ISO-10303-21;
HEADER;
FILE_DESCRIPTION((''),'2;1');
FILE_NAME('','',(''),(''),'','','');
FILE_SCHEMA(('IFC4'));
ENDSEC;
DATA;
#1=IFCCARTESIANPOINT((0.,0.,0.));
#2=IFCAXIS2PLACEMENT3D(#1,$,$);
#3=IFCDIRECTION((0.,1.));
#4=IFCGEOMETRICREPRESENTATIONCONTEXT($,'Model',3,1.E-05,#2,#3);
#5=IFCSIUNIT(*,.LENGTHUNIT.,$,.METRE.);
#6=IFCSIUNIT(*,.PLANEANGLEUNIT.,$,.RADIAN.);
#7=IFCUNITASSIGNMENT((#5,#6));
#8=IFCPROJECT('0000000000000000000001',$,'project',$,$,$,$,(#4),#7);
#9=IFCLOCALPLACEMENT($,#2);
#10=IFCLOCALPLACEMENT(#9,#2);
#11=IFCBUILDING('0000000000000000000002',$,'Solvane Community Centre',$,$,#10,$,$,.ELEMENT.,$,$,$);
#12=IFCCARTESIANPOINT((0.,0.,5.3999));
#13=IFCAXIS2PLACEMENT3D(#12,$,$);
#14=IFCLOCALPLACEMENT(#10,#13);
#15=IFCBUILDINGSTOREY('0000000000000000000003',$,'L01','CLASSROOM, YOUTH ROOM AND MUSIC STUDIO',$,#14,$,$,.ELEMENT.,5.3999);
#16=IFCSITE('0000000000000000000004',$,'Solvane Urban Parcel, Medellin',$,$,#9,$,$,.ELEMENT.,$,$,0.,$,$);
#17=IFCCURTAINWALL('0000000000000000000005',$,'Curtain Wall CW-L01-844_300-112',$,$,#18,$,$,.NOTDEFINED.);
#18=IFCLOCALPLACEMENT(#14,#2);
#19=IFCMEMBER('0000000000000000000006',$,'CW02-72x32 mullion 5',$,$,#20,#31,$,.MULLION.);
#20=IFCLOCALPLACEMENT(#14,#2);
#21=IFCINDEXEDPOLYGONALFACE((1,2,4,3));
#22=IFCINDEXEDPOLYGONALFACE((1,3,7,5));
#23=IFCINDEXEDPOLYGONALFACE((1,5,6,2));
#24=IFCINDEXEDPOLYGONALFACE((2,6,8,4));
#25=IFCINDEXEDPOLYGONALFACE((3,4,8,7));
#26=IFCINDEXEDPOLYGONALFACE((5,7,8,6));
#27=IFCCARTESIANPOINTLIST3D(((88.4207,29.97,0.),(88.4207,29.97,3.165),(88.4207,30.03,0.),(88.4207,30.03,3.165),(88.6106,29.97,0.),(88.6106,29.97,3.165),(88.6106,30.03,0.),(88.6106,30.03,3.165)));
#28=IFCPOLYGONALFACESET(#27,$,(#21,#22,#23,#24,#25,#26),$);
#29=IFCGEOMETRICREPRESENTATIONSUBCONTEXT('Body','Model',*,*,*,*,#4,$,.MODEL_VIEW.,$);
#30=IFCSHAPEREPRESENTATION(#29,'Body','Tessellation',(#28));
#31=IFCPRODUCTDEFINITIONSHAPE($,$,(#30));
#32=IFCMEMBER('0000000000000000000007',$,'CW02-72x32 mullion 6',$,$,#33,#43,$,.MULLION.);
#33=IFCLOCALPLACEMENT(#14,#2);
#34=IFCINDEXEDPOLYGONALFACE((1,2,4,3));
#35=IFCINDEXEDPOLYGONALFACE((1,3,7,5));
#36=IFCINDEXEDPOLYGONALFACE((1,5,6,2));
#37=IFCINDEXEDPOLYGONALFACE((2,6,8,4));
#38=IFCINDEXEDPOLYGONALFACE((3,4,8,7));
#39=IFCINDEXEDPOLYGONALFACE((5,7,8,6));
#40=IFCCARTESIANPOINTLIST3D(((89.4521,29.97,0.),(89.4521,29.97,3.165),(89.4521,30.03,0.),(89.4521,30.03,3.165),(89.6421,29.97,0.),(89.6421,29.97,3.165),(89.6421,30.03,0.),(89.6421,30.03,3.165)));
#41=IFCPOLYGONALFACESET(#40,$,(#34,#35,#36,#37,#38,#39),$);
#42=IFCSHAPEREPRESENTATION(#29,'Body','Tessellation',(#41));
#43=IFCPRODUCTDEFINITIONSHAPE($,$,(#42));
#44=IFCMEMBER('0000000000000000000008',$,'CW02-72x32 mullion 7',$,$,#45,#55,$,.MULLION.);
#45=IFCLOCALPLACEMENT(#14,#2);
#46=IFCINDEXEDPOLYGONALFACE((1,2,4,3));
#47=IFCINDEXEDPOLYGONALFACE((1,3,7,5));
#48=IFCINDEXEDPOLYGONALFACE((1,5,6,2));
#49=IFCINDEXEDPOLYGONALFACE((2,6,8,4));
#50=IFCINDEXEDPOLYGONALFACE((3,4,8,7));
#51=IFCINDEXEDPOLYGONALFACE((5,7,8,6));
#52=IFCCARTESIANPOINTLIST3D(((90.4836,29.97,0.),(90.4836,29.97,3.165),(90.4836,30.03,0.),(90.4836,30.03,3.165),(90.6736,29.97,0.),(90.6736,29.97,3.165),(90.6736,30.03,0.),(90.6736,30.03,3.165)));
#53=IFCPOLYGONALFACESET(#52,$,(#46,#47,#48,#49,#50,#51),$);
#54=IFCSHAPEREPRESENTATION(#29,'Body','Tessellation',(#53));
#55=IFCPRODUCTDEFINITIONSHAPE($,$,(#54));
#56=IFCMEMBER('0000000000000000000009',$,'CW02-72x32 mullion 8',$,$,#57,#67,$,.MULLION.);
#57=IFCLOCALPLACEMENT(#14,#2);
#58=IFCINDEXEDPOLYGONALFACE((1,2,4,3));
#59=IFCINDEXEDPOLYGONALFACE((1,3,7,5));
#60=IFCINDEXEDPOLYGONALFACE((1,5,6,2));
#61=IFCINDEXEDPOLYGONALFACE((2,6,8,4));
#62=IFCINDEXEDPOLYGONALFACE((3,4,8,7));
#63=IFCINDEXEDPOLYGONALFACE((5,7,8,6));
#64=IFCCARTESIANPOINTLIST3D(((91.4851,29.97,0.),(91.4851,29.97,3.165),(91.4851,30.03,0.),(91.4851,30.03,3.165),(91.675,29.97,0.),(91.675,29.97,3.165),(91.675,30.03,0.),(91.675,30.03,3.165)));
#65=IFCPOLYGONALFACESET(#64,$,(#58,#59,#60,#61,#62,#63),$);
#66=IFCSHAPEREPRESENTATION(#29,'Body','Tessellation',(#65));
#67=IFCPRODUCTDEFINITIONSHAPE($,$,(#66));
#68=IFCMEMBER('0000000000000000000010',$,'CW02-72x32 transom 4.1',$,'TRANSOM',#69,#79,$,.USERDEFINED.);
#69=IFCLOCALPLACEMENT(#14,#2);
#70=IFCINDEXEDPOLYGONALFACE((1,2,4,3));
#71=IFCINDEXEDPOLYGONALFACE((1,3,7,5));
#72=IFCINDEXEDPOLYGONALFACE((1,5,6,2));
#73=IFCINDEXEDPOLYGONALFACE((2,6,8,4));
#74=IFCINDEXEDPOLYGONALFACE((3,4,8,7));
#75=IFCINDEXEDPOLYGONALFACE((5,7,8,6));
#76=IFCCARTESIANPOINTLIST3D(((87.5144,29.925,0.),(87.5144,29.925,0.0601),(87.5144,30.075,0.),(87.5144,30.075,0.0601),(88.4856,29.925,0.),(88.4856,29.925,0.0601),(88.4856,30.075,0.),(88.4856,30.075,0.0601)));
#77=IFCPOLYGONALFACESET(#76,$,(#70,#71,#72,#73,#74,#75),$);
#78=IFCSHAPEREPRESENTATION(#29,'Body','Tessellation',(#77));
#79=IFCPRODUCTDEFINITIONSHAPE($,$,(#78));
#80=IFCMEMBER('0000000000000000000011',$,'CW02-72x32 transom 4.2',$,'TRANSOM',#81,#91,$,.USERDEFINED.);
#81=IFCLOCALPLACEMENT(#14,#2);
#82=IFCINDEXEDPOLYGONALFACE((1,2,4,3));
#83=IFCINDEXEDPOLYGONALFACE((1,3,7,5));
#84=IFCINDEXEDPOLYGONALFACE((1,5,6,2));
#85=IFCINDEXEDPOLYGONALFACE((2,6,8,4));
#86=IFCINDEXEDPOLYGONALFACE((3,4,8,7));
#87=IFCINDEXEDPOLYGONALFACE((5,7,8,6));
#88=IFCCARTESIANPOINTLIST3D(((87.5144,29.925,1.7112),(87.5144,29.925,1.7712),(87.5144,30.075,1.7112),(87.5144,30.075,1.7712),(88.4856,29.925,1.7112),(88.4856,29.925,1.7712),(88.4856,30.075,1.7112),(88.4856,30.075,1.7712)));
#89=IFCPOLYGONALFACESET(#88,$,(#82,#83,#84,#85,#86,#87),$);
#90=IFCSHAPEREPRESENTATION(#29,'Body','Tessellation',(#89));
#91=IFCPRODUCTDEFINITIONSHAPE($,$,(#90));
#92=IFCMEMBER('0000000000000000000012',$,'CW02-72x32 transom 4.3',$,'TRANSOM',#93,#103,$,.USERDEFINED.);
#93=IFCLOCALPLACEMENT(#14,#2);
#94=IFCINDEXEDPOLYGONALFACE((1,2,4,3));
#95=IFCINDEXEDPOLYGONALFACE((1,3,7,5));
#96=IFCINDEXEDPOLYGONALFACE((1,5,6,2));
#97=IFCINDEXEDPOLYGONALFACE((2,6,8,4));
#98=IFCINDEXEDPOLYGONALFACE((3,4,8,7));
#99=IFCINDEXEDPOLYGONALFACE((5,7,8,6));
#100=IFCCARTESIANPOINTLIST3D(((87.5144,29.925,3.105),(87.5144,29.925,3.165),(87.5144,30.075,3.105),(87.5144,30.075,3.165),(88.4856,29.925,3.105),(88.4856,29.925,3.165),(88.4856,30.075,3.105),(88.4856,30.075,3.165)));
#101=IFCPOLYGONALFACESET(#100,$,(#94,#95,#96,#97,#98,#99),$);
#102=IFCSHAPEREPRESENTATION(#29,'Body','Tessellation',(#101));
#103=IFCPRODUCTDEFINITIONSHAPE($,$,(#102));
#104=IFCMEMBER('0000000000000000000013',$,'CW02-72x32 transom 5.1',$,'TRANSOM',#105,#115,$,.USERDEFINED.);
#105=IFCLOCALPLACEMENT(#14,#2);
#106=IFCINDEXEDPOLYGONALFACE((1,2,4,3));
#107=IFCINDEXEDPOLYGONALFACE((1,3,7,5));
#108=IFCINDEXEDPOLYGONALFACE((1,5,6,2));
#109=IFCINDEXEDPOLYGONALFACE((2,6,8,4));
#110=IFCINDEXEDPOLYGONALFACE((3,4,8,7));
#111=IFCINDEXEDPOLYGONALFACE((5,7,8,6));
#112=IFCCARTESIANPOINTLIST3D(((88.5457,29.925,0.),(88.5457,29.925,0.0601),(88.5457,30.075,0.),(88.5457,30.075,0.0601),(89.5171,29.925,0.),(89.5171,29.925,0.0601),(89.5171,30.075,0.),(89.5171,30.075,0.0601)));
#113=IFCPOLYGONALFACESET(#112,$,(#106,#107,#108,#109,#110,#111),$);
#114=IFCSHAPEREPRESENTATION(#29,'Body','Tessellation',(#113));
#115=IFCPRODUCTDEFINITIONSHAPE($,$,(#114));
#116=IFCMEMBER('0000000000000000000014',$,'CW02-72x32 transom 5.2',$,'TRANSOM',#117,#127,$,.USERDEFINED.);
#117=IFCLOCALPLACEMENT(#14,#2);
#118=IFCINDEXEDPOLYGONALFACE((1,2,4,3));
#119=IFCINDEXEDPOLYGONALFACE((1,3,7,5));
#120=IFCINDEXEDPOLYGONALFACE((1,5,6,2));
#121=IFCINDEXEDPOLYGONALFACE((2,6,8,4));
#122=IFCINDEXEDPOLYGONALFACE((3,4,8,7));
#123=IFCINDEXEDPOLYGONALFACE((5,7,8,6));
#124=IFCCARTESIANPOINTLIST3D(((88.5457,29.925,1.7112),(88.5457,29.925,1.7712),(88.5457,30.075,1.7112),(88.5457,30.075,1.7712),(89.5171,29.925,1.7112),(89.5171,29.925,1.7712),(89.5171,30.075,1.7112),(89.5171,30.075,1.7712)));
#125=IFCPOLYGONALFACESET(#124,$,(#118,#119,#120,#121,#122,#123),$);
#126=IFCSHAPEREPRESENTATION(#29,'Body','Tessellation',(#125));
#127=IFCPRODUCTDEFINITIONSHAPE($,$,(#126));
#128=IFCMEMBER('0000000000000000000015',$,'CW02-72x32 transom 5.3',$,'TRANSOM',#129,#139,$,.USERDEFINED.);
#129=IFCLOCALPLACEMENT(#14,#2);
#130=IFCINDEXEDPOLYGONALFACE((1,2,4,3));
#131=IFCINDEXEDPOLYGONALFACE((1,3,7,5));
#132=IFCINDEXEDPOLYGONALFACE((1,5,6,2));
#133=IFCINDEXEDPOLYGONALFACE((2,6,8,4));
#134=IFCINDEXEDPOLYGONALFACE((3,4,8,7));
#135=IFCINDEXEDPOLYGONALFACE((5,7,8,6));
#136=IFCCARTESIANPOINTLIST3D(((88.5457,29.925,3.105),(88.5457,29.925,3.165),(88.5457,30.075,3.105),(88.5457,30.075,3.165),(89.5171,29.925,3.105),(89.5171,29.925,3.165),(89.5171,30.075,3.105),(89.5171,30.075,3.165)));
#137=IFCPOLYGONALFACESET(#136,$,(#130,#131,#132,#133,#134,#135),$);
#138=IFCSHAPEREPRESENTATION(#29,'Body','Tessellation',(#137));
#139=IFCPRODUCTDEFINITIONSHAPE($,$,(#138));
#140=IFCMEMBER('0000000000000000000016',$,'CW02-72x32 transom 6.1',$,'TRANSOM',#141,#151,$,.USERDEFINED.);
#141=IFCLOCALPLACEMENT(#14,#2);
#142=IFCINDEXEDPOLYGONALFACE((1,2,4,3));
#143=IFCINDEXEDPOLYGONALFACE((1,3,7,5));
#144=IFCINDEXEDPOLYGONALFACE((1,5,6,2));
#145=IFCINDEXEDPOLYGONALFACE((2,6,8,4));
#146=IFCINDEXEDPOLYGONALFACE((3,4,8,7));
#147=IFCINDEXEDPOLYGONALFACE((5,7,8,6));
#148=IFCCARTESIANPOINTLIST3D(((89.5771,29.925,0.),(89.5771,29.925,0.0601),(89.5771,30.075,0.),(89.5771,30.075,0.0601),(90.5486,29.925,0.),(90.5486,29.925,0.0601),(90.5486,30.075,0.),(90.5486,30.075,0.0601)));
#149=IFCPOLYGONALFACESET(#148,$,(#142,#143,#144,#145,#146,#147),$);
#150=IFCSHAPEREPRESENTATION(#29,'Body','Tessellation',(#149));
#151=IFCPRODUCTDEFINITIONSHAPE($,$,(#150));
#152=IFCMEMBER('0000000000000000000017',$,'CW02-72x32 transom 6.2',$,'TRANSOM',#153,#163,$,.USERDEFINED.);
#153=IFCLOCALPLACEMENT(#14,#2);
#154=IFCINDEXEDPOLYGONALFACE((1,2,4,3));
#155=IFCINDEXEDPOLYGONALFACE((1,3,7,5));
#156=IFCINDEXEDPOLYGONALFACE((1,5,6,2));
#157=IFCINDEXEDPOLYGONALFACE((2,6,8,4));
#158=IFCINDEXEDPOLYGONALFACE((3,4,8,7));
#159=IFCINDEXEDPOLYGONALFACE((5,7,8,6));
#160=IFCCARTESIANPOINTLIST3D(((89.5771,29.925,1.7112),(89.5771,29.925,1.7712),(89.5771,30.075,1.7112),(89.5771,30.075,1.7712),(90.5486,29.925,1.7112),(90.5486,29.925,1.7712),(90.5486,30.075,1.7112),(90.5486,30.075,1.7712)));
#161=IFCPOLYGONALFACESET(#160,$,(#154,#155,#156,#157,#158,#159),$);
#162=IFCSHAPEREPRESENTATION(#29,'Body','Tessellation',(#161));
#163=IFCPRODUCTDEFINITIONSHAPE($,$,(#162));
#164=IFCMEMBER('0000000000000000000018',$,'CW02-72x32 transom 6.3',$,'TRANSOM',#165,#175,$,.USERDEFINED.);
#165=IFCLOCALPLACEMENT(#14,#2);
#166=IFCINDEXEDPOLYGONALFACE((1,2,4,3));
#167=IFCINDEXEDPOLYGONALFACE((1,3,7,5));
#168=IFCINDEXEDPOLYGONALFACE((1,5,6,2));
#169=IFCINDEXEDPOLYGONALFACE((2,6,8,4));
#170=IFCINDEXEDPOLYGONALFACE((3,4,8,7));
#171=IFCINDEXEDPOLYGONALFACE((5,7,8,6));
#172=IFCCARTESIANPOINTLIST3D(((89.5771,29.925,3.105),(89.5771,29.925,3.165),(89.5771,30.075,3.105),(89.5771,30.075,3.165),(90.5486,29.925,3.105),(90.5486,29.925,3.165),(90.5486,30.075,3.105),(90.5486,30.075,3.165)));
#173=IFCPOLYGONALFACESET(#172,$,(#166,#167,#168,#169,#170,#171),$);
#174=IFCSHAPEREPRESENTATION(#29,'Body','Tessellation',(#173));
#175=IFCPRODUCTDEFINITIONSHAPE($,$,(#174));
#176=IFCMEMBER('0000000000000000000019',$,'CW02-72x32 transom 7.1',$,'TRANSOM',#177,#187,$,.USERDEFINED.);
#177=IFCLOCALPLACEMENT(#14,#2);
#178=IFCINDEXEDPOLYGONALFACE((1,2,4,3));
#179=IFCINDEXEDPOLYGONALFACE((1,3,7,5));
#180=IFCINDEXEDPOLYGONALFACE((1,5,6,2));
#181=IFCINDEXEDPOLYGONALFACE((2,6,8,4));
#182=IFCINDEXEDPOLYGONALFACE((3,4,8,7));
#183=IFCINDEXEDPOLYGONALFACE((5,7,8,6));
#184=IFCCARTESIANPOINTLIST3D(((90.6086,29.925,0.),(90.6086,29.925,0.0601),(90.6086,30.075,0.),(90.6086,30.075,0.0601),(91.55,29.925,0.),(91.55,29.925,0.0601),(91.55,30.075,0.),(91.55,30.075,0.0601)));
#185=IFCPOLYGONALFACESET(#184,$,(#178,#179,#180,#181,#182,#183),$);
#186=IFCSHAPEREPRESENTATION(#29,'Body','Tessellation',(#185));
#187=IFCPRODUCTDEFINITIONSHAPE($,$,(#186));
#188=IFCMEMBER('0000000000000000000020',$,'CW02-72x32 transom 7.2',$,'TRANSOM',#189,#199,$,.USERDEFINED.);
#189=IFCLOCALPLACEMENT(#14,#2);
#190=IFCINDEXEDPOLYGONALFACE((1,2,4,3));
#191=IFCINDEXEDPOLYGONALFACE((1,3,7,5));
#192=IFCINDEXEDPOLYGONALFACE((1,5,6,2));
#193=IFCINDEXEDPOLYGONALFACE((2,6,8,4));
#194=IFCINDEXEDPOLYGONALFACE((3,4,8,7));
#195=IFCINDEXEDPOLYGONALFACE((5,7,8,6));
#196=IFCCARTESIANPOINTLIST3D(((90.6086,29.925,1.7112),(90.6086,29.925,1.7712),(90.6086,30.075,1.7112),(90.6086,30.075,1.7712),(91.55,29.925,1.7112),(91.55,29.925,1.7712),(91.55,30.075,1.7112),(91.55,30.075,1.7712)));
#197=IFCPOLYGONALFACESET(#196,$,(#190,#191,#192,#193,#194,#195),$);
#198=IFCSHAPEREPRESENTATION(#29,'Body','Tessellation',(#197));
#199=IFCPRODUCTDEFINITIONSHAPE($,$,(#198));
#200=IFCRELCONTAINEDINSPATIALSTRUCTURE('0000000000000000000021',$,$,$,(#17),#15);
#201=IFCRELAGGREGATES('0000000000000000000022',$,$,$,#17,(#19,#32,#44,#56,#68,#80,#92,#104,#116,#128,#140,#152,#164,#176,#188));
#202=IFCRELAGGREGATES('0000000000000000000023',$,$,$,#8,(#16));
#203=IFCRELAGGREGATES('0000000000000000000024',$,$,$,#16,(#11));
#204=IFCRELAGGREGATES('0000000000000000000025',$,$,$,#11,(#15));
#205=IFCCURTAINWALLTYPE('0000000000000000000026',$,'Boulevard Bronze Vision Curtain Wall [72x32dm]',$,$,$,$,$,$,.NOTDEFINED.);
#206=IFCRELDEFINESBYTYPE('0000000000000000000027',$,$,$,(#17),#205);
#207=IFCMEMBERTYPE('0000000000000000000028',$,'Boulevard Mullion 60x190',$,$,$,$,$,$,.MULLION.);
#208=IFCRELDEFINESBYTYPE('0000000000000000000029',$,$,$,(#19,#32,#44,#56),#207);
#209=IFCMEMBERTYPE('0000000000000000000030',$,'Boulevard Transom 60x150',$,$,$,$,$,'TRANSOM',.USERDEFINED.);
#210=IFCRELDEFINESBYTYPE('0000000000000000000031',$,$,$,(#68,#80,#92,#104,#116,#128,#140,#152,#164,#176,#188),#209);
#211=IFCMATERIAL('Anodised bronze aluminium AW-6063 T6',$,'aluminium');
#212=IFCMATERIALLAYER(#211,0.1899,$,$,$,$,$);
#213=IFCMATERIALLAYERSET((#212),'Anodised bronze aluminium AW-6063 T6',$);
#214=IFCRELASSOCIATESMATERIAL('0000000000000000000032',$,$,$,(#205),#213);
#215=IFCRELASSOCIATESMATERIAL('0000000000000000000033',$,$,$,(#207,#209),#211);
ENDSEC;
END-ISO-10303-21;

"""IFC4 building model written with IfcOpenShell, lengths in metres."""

from ifc_helpers import new_model, si_unit, direction, frame, origin, origin_2d, place, context, subcontext, project, spatial, rectangle, extrude, material, layer, layer_set, material_profile, profile_set, type_object, element, aggregate, save


model = new_model("IFC4")

# Units and contexts
model_context = context("Model", 3, precision=1e-05, world=origin(), true_north=direction((0.0, 1.0)))
body_context = subcontext(model_context, "Body", "Model", "MODEL_VIEW")
ifc_project = project(units=[si_unit("LENGTHUNIT", "METRE"), si_unit("PLANEANGLEUNIT", "RADIAN")], contexts=[model_context])

# Site, building, storey
site_placement = place(None, origin())
site = spatial("IfcSite", under=ifc_project, at=site_placement, Name="Solvane Urban Parcel, Medellin", CompositionType="ELEMENT", RefElevation=0.0)
building_placement = place(site_placement, origin())
building = spatial("IfcBuilding", under=site, at=building_placement, Name="Solvane Community Centre", CompositionType="ELEMENT")
storey_placement = place(building_placement, frame((0.0, 0.0, 5.3999)))
storey = spatial("IfcBuildingStorey", under=building, at=storey_placement, Name="L01", Description="CLASSROOM, YOUTH ROOM AND MUSIC STUDIO", CompositionType="ELEMENT", Elevation=5.3999)

# Curtain wall, members
ifc_material_1 = material(Name="Anodised bronze aluminium AW-6063 T6", Category="aluminium")
ifc_layer_1 = layer(ifc_material_1, 0.1899)
ifc_layer_set_1 = layer_set([ifc_layer_1], Name="Anodised bronze aluminium AW-6063 T6")
curtain_wall_type = type_object("IfcCurtainWallType", Name="Boulevard Bronze Vision Curtain Wall [72x32dm]", PredefinedType="NOTDEFINED", material=ifc_layer_set_1)
curtain_wall_placement = place(storey_placement, origin())
curtain_wall = element("IfcCurtainWall", 1, at=curtain_wall_placement, inside=storey, type_object=curtain_wall_type, Name="Curtain Wall CW-L01-844_300-112", PredefinedType="NOTDEFINED")
ifc_material_profile_1 = material_profile(ifc_material_1, rectangle(XDim=0.0601, YDim=0.1899, at=origin_2d()), Name="CW-M 60x190")
ifc_profile_set_1 = profile_set([ifc_material_profile_1], Name="Anodised bronze aluminium AW-6063 T6")
member_type_1 = type_object("IfcMemberType", Name="Boulevard Mullion 60x190", PredefinedType="MULLION", material=ifc_profile_set_1)
member_1_placement = place(storey_placement, frame((88.5156, 30.0, 0.0), z_axis=(0.0, 0.0, 1.0), x_axis=(0.0, 1.0, 0.0)))
member_1 = element("IfcMember", 2, at=member_1_placement, type_object=member_type_1, Name="CW02-72x32 mullion 5", PredefinedType="MULLION", context=body_context, shape_type="SweptSolid", body=[
    extrude(rectangle(XDim=0.0601, YDim=0.1899, at=origin_2d()), origin(), (0.0, 0.0, 1.0), 3.165),
])
member_2_placement = place(storey_placement, frame((89.5471, 30.0, 0.0), z_axis=(0.0, 0.0, 1.0), x_axis=(0.0, 1.0, 0.0)))
member_2 = element("IfcMember", 3, at=member_2_placement, type_object=member_type_1, Name="CW02-72x32 mullion 6", PredefinedType="MULLION", context=body_context, shape_type="SweptSolid", body=[
    extrude(rectangle(XDim=0.0601, YDim=0.1899, at=origin_2d()), origin(), (0.0, 0.0, 1.0), 3.165),
])
member_3_placement = place(storey_placement, frame((90.5786, 30.0, 0.0), z_axis=(0.0, 0.0, 1.0), x_axis=(0.0, 1.0, 0.0)))
member_3 = element("IfcMember", 4, at=member_3_placement, type_object=member_type_1, Name="CW02-72x32 mullion 7", PredefinedType="MULLION", context=body_context, shape_type="SweptSolid", body=[
    extrude(rectangle(XDim=0.0601, YDim=0.1899, at=origin_2d()), origin(), (0.0, 0.0, 1.0), 3.165),
])
member_4_placement = place(storey_placement, frame((91.5801, 30.0, 0.0), z_axis=(0.0, 0.0, 1.0), x_axis=(0.0, 1.0, 0.0)))
member_4 = element("IfcMember", 5, at=member_4_placement, type_object=member_type_1, Name="CW02-72x32 mullion 8", PredefinedType="MULLION", context=body_context, shape_type="SweptSolid", body=[
    extrude(rectangle(XDim=0.0601, YDim=0.1899, at=origin_2d()), origin(), (0.0, 0.0, 1.0), 3.165),
])
ifc_material_profile_2 = material_profile(ifc_material_1, rectangle(XDim=0.1499, YDim=0.0601, at=origin_2d()), Name="CW-T 60x150")
ifc_profile_set_2 = profile_set([ifc_material_profile_2], Name="Anodised bronze aluminium AW-6063 T6")
member_type_2 = type_object("IfcMemberType", Name="Boulevard Transom 60x150", ElementType="TRANSOM", PredefinedType="USERDEFINED", material=ifc_profile_set_2)
member_5_placement = place(storey_placement, frame((87.5144, 30.0, 0.03), z_axis=(1.0, 0.0, 0.0), x_axis=(0.0, 1.0, 0.0)))
member_5 = element("IfcMember", 6, at=member_5_placement, type_object=member_type_2, Name="CW02-72x32 transom 4.1", ObjectType="TRANSOM", PredefinedType="USERDEFINED", context=body_context, shape_type="SweptSolid", body=[
    extrude(rectangle(XDim=0.1499, YDim=0.0601, at=origin_2d()), origin(), (0.0, 0.0, 1.0), 0.9712),
])
member_6_placement = place(storey_placement, frame((87.5144, 30.0, 1.7412), z_axis=(1.0, 0.0, 0.0), x_axis=(0.0, 1.0, 0.0)))
member_6 = element("IfcMember", 7, at=member_6_placement, type_object=member_type_2, Name="CW02-72x32 transom 4.2", ObjectType="TRANSOM", PredefinedType="USERDEFINED", context=body_context, shape_type="SweptSolid", body=[
    extrude(rectangle(XDim=0.1499, YDim=0.0601, at=origin_2d()), origin(), (0.0, 0.0, 1.0), 0.9712),
])
member_7_placement = place(storey_placement, frame((87.5144, 30.0, 3.135), z_axis=(1.0, 0.0, 0.0), x_axis=(0.0, 1.0, 0.0)))
member_7 = element("IfcMember", 8, at=member_7_placement, type_object=member_type_2, Name="CW02-72x32 transom 4.3", ObjectType="TRANSOM", PredefinedType="USERDEFINED", context=body_context, shape_type="SweptSolid", body=[
    extrude(rectangle(XDim=0.1499, YDim=0.0601, at=origin_2d()), origin(), (0.0, 0.0, 1.0), 0.9712),
])
member_8_placement = place(storey_placement, frame((88.5457, 30.0, 0.03), z_axis=(1.0, 0.0, 0.0), x_axis=(0.0, 1.0, 0.0)))
member_8 = element("IfcMember", 9, at=member_8_placement, type_object=member_type_2, Name="CW02-72x32 transom 5.1", ObjectType="TRANSOM", PredefinedType="USERDEFINED", context=body_context, shape_type="SweptSolid", body=[
    extrude(rectangle(XDim=0.1499, YDim=0.0601, at=origin_2d()), origin(), (0.0, 0.0, 1.0), 0.9714),
])
member_9_placement = place(storey_placement, frame((88.5457, 30.0, 1.7412), z_axis=(1.0, 0.0, 0.0), x_axis=(0.0, 1.0, 0.0)))
member_9 = element("IfcMember", 10, at=member_9_placement, type_object=member_type_2, Name="CW02-72x32 transom 5.2", ObjectType="TRANSOM", PredefinedType="USERDEFINED", context=body_context, shape_type="SweptSolid", body=[
    extrude(rectangle(XDim=0.1499, YDim=0.0601, at=origin_2d()), origin(), (0.0, 0.0, 1.0), 0.9714),
])
member_10_placement = place(storey_placement, frame((88.5457, 30.0, 3.135), z_axis=(1.0, 0.0, 0.0), x_axis=(0.0, 1.0, 0.0)))
member_10 = element("IfcMember", 11, at=member_10_placement, type_object=member_type_2, Name="CW02-72x32 transom 5.3", ObjectType="TRANSOM", PredefinedType="USERDEFINED", context=body_context, shape_type="SweptSolid", body=[
    extrude(rectangle(XDim=0.1499, YDim=0.0601, at=origin_2d()), origin(), (0.0, 0.0, 1.0), 0.9714),
])
member_11_placement = place(storey_placement, frame((89.5771, 30.0, 0.03), z_axis=(1.0, 0.0, 0.0), x_axis=(0.0, 1.0, 0.0)))
member_11 = element("IfcMember", 12, at=member_11_placement, type_object=member_type_2, Name="CW02-72x32 transom 6.1", ObjectType="TRANSOM", PredefinedType="USERDEFINED", context=body_context, shape_type="SweptSolid", body=[
    extrude(rectangle(XDim=0.1499, YDim=0.0601, at=origin_2d()), origin(), (0.0, 0.0, 1.0), 0.9714),
])
member_12_placement = place(storey_placement, frame((89.5771, 30.0, 1.7412), z_axis=(1.0, 0.0, 0.0), x_axis=(0.0, 1.0, 0.0)))
member_12 = element("IfcMember", 13, at=member_12_placement, type_object=member_type_2, Name="CW02-72x32 transom 6.2", ObjectType="TRANSOM", PredefinedType="USERDEFINED", context=body_context, shape_type="SweptSolid", body=[
    extrude(rectangle(XDim=0.1499, YDim=0.0601, at=origin_2d()), origin(), (0.0, 0.0, 1.0), 0.9714),
])
member_13_placement = place(storey_placement, frame((89.5771, 30.0, 3.135), z_axis=(1.0, 0.0, 0.0), x_axis=(0.0, 1.0, 0.0)))
member_13 = element("IfcMember", 14, at=member_13_placement, type_object=member_type_2, Name="CW02-72x32 transom 6.3", ObjectType="TRANSOM", PredefinedType="USERDEFINED", context=body_context, shape_type="SweptSolid", body=[
    extrude(rectangle(XDim=0.1499, YDim=0.0601, at=origin_2d()), origin(), (0.0, 0.0, 1.0), 0.9714),
])
member_14_placement = place(storey_placement, frame((90.6086, 30.0, 0.03), z_axis=(1.0, 0.0, 0.0), x_axis=(0.0, 1.0, 0.0)))
member_14 = element("IfcMember", 15, at=member_14_placement, type_object=member_type_2, Name="CW02-72x32 transom 7.1", ObjectType="TRANSOM", PredefinedType="USERDEFINED", context=body_context, shape_type="SweptSolid", body=[
    extrude(rectangle(XDim=0.1499, YDim=0.0601, at=origin_2d()), origin(), (0.0, 0.0, 1.0), 0.9414),
])
member_15_placement = place(storey_placement, frame((90.6086, 30.0, 1.7412), z_axis=(1.0, 0.0, 0.0), x_axis=(0.0, 1.0, 0.0)))
member_15 = element("IfcMember", 16, at=member_15_placement, type_object=member_type_2, Name="CW02-72x32 transom 7.2", ObjectType="TRANSOM", PredefinedType="USERDEFINED", context=body_context, shape_type="SweptSolid", body=[
    extrude(rectangle(XDim=0.1499, YDim=0.0601, at=origin_2d()), origin(), (0.0, 0.0, 1.0), 0.9414),
])
aggregate(curtain_wall, [member_1, member_2, member_3, member_4, member_5, member_6, member_7, member_8, member_9, member_10, member_11, member_12, member_13, member_14, member_15])

save(model, "model.ifc")
